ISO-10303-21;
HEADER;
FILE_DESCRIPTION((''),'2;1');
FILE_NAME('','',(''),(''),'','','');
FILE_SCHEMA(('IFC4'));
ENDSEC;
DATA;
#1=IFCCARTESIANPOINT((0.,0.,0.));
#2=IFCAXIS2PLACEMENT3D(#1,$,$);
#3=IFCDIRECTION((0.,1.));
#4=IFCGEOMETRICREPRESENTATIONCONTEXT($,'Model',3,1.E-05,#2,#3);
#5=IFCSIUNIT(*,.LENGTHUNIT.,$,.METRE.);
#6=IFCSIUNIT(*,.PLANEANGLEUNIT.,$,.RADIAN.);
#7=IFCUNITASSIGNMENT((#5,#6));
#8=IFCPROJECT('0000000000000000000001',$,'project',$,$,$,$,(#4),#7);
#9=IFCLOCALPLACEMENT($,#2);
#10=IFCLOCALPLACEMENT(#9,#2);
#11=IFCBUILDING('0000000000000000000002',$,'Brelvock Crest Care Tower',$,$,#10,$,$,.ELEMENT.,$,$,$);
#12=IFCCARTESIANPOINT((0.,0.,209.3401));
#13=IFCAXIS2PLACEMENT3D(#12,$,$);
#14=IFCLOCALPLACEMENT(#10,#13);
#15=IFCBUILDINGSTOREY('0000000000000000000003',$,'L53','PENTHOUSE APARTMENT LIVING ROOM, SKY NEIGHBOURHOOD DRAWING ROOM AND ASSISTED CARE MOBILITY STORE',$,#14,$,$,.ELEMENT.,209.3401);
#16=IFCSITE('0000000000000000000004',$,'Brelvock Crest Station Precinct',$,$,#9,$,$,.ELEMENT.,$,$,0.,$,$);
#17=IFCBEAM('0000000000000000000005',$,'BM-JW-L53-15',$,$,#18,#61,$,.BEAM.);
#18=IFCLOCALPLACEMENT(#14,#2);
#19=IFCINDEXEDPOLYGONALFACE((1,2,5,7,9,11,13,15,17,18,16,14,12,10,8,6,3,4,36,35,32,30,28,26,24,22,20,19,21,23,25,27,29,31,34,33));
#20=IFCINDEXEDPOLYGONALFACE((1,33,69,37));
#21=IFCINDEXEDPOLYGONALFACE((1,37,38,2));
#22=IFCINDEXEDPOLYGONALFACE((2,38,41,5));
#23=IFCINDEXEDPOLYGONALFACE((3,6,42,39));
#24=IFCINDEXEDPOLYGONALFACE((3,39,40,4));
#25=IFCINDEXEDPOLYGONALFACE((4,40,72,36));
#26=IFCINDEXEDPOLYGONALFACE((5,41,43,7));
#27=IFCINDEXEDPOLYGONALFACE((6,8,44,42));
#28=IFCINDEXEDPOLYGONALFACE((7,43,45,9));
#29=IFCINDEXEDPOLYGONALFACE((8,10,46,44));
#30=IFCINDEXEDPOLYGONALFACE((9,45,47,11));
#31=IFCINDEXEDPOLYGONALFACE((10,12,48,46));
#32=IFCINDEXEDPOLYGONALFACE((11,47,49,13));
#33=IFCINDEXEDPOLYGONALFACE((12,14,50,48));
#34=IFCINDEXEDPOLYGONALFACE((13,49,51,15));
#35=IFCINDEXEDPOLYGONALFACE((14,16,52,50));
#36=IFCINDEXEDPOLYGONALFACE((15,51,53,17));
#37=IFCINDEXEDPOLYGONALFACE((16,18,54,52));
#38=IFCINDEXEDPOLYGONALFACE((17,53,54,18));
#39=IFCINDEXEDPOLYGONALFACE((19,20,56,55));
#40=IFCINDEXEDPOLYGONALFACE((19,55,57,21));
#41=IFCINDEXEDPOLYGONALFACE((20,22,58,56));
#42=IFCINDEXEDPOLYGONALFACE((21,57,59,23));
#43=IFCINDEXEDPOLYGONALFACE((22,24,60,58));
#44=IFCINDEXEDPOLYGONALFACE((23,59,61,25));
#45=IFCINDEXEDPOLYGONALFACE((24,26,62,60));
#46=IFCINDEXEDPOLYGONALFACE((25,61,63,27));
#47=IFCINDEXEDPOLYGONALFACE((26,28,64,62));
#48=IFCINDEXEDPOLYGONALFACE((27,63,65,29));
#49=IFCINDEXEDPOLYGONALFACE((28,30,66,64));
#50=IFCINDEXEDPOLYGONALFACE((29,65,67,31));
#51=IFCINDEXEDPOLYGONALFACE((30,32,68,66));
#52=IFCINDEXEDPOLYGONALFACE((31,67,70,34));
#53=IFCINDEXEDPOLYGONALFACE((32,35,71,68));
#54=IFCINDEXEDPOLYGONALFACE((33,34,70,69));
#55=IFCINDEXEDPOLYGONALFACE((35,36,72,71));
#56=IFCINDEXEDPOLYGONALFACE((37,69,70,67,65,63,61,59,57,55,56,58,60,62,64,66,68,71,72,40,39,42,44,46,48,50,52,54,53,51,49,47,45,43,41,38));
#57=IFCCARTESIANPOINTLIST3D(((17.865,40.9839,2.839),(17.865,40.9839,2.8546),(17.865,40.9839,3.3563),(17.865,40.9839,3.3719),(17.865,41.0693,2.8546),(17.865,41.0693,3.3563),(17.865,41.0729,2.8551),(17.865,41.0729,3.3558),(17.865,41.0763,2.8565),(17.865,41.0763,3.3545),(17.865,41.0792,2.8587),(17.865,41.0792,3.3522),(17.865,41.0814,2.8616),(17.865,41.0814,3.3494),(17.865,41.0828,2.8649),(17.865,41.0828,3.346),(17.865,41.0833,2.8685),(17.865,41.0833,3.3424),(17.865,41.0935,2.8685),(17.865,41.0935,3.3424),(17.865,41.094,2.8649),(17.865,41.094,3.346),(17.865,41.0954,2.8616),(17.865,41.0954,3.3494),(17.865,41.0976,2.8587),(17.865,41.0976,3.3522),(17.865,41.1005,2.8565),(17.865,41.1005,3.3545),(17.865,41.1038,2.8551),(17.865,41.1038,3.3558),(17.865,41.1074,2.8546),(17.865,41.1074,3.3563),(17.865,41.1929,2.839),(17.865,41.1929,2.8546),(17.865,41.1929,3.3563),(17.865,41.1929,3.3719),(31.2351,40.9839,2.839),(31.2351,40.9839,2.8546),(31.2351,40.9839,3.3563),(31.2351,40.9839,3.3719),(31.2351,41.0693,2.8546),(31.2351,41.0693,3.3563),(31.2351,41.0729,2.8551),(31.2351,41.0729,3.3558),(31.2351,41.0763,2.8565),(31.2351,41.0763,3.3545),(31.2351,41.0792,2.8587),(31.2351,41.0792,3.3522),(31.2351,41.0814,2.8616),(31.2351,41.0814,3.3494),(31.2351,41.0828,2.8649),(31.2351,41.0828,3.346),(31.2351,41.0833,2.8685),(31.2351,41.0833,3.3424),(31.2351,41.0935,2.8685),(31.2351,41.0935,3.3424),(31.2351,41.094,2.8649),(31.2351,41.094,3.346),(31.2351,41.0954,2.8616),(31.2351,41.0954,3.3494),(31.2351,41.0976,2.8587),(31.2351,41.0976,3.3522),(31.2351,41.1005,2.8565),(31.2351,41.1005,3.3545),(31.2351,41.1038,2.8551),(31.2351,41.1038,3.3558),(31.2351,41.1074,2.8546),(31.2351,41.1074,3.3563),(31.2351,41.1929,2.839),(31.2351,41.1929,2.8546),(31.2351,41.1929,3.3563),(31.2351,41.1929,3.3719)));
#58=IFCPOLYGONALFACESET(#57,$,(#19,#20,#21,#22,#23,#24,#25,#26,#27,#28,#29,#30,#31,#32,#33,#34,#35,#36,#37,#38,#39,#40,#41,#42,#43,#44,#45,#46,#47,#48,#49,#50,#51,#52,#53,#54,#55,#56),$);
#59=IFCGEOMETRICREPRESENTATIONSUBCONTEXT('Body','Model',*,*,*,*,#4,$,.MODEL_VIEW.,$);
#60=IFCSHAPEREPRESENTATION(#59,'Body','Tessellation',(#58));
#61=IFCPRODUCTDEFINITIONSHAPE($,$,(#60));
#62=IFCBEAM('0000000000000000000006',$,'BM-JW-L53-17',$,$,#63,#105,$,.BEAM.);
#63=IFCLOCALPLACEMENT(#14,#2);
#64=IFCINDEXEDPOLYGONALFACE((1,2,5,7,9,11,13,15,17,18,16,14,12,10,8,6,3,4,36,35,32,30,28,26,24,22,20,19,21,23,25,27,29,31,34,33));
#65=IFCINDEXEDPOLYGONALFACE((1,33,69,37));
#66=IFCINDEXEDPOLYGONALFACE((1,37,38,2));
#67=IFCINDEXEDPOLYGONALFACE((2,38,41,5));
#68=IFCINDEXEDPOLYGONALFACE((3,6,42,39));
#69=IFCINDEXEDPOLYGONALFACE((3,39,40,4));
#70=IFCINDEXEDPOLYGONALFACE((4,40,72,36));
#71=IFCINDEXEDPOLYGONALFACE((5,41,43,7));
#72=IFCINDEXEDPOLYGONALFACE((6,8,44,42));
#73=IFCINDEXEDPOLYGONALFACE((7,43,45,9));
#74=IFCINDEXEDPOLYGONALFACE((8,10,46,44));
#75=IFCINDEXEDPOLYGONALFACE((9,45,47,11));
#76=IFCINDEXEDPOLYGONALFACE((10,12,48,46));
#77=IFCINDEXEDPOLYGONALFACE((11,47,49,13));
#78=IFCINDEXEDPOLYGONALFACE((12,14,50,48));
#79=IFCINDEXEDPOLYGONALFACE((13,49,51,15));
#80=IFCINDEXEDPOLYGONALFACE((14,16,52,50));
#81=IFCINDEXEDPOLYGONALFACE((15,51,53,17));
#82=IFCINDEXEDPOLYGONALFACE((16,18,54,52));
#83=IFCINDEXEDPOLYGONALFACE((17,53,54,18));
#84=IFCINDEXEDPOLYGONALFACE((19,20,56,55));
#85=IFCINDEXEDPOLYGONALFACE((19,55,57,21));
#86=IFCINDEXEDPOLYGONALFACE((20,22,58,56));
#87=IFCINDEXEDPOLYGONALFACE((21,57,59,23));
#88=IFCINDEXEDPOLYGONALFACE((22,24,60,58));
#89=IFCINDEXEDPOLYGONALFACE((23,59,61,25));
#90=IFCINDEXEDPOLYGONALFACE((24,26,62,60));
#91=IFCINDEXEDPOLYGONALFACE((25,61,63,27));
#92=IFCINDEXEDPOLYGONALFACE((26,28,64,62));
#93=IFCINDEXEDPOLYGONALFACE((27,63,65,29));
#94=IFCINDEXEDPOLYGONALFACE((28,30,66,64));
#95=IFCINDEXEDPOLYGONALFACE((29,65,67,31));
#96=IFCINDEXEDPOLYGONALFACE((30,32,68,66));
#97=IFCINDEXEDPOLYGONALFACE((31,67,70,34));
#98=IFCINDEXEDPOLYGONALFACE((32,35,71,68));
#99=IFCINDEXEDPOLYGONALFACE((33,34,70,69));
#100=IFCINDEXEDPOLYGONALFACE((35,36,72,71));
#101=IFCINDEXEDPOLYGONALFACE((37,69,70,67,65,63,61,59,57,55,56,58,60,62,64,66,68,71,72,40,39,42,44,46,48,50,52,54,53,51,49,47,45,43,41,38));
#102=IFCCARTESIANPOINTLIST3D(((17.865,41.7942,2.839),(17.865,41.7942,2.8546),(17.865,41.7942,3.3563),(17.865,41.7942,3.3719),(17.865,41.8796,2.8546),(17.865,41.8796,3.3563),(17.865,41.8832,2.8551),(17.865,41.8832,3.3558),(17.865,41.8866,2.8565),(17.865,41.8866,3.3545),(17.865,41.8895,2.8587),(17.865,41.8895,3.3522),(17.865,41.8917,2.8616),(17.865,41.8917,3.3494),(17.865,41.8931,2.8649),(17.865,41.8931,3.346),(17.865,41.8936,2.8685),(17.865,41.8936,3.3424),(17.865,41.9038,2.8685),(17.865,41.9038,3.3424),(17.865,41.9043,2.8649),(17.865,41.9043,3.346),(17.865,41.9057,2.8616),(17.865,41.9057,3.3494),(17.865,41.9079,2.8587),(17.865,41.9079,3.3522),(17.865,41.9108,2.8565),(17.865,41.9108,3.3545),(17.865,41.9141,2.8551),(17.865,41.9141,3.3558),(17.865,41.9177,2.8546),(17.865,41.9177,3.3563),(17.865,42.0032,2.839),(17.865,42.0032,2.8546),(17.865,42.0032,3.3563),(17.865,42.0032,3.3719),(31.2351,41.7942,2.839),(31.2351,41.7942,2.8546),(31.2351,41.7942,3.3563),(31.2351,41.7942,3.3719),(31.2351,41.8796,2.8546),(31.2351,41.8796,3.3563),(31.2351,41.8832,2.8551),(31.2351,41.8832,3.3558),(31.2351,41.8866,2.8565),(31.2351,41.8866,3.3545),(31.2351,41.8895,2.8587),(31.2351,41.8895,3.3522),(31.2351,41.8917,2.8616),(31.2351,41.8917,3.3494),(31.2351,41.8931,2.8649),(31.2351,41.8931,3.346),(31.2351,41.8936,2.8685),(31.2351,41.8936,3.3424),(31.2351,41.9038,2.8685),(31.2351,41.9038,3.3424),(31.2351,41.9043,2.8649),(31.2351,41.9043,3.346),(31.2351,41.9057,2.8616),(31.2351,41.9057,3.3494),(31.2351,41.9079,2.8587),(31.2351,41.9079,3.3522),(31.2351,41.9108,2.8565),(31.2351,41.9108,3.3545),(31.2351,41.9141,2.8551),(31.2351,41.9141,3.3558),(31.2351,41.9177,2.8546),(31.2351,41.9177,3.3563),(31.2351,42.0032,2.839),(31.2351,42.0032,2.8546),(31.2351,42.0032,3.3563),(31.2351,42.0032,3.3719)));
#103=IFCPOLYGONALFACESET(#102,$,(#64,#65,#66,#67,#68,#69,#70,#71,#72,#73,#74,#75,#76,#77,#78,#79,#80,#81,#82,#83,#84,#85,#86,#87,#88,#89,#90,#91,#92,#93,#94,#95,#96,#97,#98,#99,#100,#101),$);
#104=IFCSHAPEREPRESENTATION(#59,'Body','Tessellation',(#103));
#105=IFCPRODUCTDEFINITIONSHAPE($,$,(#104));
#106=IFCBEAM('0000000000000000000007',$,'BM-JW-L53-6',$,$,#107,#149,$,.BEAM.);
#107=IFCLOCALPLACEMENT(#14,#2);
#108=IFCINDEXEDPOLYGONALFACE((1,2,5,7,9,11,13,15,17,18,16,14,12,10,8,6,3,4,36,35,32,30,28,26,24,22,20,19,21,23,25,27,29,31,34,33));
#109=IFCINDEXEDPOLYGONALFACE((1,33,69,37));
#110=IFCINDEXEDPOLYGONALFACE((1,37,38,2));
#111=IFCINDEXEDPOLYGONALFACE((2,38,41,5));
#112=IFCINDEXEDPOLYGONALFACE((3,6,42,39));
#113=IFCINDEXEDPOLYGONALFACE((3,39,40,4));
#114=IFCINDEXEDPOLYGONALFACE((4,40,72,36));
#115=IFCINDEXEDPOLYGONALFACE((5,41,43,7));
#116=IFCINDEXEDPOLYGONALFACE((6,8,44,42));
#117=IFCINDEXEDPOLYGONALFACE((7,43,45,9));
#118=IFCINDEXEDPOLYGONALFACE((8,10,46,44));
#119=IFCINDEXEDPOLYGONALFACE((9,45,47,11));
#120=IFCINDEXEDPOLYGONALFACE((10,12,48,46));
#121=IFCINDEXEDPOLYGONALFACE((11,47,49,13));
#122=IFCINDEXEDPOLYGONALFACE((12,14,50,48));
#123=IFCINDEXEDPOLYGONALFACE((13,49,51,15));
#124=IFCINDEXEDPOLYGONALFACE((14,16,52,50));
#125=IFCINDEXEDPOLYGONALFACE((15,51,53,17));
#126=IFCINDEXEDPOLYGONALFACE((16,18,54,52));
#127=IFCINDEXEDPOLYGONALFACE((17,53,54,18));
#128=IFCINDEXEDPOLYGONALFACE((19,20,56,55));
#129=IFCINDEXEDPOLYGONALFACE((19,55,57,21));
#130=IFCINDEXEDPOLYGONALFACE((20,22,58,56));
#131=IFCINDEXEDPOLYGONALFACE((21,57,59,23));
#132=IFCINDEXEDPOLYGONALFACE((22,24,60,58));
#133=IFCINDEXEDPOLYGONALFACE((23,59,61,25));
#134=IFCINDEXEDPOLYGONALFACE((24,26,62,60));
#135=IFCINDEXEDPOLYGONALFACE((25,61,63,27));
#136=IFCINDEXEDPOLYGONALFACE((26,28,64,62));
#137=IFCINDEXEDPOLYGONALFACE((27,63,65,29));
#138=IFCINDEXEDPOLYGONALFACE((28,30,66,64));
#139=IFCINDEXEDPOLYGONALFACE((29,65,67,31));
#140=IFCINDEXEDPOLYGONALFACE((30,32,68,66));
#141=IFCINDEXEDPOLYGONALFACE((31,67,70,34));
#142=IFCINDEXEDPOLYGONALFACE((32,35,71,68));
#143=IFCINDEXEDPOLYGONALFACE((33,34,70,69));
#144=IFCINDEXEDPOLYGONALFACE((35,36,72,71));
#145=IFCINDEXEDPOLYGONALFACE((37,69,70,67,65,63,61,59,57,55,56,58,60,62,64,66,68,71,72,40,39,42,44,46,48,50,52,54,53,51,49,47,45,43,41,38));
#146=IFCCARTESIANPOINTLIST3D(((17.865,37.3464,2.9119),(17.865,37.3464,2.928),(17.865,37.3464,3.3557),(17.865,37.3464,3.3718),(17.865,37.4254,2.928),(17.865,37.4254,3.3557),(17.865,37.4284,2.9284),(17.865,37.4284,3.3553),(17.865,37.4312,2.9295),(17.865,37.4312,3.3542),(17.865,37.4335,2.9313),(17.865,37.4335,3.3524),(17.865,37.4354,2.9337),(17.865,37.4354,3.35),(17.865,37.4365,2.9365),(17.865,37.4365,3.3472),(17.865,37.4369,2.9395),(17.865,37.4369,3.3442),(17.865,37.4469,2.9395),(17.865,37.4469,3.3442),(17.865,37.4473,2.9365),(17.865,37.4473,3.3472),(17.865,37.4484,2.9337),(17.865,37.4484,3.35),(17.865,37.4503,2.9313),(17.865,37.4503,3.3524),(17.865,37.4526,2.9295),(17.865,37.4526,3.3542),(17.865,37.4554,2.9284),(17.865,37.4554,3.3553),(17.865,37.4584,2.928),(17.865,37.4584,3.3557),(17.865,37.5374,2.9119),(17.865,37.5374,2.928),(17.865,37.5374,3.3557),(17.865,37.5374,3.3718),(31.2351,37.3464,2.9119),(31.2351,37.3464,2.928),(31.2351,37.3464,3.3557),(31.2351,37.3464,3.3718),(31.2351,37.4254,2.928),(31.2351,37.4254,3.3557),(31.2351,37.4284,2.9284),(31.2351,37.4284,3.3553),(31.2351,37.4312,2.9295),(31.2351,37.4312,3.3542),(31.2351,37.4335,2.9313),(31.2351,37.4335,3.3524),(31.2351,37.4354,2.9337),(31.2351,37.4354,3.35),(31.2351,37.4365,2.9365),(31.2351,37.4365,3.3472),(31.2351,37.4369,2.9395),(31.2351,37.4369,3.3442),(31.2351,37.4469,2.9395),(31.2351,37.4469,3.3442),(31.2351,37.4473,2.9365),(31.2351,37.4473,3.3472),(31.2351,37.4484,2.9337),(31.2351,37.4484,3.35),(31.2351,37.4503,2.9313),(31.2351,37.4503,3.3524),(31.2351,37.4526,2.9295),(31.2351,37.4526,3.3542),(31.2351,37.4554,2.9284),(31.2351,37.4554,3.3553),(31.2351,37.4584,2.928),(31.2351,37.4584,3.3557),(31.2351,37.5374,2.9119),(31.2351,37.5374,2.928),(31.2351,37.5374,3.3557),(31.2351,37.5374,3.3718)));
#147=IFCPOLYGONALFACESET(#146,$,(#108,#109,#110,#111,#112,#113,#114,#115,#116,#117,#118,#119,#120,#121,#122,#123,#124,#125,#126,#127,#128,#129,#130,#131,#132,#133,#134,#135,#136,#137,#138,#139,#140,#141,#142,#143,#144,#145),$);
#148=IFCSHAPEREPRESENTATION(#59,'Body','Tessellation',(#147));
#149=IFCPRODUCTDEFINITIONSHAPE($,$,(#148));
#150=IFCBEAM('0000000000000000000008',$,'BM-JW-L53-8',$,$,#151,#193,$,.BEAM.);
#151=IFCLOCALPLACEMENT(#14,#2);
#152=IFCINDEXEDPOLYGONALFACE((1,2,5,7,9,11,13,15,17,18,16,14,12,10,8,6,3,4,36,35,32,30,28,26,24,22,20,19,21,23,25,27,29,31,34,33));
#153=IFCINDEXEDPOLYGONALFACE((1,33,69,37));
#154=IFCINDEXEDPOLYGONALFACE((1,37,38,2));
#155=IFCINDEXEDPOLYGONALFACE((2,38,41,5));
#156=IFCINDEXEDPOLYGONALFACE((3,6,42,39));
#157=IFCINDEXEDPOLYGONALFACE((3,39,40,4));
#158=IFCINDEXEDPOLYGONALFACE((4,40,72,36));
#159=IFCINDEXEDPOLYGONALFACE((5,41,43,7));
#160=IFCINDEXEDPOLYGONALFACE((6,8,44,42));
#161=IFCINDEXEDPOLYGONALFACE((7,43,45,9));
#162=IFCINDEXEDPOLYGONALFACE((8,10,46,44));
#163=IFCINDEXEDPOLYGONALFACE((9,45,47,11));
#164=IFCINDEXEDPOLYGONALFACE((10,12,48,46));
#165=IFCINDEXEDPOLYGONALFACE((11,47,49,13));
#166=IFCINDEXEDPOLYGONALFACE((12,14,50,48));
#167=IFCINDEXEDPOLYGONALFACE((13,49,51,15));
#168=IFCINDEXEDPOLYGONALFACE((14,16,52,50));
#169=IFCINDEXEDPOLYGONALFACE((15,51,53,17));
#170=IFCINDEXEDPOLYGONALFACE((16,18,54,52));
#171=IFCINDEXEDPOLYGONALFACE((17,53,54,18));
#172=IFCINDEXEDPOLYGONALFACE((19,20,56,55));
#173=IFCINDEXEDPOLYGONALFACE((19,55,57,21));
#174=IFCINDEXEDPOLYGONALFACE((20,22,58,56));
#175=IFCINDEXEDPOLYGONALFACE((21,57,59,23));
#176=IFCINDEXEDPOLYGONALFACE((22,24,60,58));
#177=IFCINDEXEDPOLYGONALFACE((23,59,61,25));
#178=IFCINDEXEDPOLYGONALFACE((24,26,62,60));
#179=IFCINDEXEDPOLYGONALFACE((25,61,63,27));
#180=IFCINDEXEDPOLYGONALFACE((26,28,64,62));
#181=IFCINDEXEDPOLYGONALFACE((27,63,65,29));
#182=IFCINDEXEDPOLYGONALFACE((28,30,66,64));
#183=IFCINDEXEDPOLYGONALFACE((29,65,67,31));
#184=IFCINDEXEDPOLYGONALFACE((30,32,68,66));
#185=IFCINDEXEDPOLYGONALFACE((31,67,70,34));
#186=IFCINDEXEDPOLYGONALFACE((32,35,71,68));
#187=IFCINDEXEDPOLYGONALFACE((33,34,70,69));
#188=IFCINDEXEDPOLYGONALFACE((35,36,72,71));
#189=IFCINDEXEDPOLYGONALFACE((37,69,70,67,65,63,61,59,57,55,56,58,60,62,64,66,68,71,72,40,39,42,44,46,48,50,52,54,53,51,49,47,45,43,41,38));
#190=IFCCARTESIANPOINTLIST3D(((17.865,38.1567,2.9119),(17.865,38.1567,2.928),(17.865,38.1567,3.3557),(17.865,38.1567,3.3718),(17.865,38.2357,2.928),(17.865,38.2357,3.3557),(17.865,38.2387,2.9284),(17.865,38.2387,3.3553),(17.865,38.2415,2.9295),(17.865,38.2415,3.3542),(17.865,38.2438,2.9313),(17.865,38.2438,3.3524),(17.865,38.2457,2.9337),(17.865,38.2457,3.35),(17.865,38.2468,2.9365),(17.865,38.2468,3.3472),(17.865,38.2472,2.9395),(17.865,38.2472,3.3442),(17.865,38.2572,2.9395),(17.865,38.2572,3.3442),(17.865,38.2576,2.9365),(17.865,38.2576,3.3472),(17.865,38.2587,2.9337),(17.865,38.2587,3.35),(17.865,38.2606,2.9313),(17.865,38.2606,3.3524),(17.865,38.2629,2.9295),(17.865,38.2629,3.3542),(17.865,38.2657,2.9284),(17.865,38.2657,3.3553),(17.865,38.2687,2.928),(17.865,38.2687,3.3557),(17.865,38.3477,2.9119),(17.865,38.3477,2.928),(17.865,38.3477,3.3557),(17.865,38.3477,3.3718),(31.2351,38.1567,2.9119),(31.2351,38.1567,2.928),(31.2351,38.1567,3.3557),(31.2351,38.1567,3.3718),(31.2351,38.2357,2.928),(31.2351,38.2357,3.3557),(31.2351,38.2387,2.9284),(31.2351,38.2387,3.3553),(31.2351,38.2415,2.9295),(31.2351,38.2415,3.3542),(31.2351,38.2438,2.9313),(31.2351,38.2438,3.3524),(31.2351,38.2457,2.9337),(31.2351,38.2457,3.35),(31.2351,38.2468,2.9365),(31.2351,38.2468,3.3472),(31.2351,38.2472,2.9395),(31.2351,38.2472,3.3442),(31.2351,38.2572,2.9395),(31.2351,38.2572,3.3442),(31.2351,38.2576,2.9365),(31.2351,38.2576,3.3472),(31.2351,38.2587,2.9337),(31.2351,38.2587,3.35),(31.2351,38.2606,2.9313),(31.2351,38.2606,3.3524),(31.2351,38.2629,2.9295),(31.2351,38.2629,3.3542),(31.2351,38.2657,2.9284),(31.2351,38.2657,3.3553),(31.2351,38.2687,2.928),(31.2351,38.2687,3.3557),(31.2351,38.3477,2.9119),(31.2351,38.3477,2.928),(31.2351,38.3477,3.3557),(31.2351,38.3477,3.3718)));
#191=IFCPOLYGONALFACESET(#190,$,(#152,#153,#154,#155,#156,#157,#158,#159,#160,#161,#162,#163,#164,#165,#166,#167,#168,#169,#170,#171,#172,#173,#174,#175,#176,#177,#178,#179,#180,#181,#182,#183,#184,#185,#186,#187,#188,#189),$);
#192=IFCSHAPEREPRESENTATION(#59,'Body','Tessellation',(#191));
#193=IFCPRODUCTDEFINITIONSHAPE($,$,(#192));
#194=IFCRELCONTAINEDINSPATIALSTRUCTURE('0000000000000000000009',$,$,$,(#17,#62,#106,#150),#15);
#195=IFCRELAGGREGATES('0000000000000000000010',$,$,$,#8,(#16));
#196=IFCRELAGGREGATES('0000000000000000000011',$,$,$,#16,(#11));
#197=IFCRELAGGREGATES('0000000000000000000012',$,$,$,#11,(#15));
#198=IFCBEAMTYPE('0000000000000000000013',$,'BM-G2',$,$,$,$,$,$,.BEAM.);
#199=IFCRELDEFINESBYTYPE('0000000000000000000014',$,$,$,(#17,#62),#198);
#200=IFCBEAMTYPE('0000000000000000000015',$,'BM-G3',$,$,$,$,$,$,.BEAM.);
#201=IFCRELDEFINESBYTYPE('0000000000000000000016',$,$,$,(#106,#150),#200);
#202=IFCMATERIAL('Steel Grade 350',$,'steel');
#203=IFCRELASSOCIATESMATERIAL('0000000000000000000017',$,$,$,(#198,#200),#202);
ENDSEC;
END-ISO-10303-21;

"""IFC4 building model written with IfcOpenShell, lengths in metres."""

from ifc_helpers import new_model, si_unit, direction, frame, origin, origin_2d, place, context, subcontext, project, spatial, i_section, extrude, source, transform, mapped, material, material_profile, profile_set, type_object, element, save


model = new_model("IFC4")

# Units and contexts
model_context = context("Model", 3, precision=1e-05, world=origin(), true_north=direction((0.0, 1.0)))
body_context = subcontext(model_context, "Body", "Model", "MODEL_VIEW")
ifc_project = project(units=[si_unit("LENGTHUNIT", "METRE"), si_unit("PLANEANGLEUNIT", "RADIAN")], contexts=[model_context])

# Site, building, storey
site_placement = place(None, origin())
site = spatial("IfcSite", under=ifc_project, at=site_placement, Name="Brelvock Crest Station Precinct", CompositionType="ELEMENT", RefElevation=0.0)
building_placement = place(site_placement, origin())
building = spatial("IfcBuilding", under=site, at=building_placement, Name="Brelvock Crest Care Tower", CompositionType="ELEMENT")
storey_placement = place(building_placement, frame((0.0, 0.0, 209.3401)))
storey = spatial("IfcBuildingStorey", under=building, at=storey_placement, Name="L53", Description="PENTHOUSE APARTMENT LIVING ROOM, SKY NEIGHBOURHOOD DRAWING ROOM AND ASSISTED CARE MOBILITY STORE", CompositionType="ELEMENT", Elevation=209.3401)

# Shared definitions
ifc_material_1 = material(Name="Steel Grade 350", Category="steel")

# Beams
ifc_material_profile_1 = material_profile(ifc_material_1, i_section(OverallWidth=0.209, OverallDepth=0.533, WebThickness=0.0103, FlangeThickness=0.0156, FilletRadius=0.0139, at=origin_2d()), Name="530UB92.4")
ifc_profile_set_1 = profile_set([ifc_material_profile_1], Name="Steel Grade 350")
beam_type_1 = type_object("IfcBeamType", Name="BM-G2", PredefinedType="BEAM", material=ifc_profile_set_1)
shared_shape_1 = source(origin(), body_context, "Body", "SweptSolid", [
    extrude(i_section(OverallWidth=0.209, OverallDepth=0.533, WebThickness=0.0103, FlangeThickness=0.0156, FilletRadius=0.0139, at=origin_2d()), origin(), (0.0, 0.0, 1.0), 13.3701),
])
for number, where, z_axis, x_axis, name in (
    (1, (17.865, 41.0884, 3.1055), (1.0, 0.0, 0.0), (0.0, 1.0, 0.0), "BM-JW-L53-15"),
    (2, (17.865, 41.8987, 3.1055), (1.0, 0.0, 0.0), (0.0, 1.0, 0.0), "BM-JW-L53-17"),
):
    element("IfcBeam", number, at=place(storey_placement, frame(where, z_axis=z_axis, x_axis=x_axis)), inside=storey, type_object=beam_type_1, Name=name, PredefinedType="BEAM", context=body_context, shape_type="MappedRepresentation", body=[
        mapped(shared_shape_1, transform((0.0, 0.0, 0.0), x_axis=(1.0, 0.0, 0.0), y_axis=(0.0, 1.0, 0.0), z_axis=(0.0, 0.0, 1.0), scale=1.0)),
    ])
ifc_material_profile_2 = material_profile(ifc_material_1, i_section(OverallWidth=0.1909, OverallDepth=0.46, WebThickness=0.01, FlangeThickness=0.0161, FilletRadius=0.0115, at=origin_2d()), Name="460UB82.1")
ifc_profile_set_2 = profile_set([ifc_material_profile_2], Name="Steel Grade 350")
beam_type_2 = type_object("IfcBeamType", Name="BM-G3", PredefinedType="BEAM", material=ifc_profile_set_2)
shared_shape_2 = source(origin(), body_context, "Body", "SweptSolid", [
    extrude(i_section(OverallWidth=0.1909, OverallDepth=0.46, WebThickness=0.01, FlangeThickness=0.0161, FilletRadius=0.0115, at=origin_2d()), origin(), (0.0, 0.0, 1.0), 13.3701),
])
for number, where, z_axis, x_axis, name in (
    (3, (17.865, 37.4419, 3.1418), (1.0, 0.0, 0.0), (0.0, 1.0, 0.0), "BM-JW-L53-6"),
    (4, (17.865, 38.2522, 3.1418), (1.0, 0.0, 0.0), (0.0, 1.0, 0.0), "BM-JW-L53-8"),
):
    element("IfcBeam", number, at=place(storey_placement, frame(where, z_axis=z_axis, x_axis=x_axis)), inside=storey, type_object=beam_type_2, Name=name, PredefinedType="BEAM", context=body_context, shape_type="MappedRepresentation", body=[
        mapped(shared_shape_2, transform((0.0, 0.0, 0.0), x_axis=(1.0, 0.0, 0.0), y_axis=(0.0, 1.0, 0.0), z_axis=(0.0, 0.0, 1.0), scale=1.0)),
    ])

save(model, "model.ifc")
